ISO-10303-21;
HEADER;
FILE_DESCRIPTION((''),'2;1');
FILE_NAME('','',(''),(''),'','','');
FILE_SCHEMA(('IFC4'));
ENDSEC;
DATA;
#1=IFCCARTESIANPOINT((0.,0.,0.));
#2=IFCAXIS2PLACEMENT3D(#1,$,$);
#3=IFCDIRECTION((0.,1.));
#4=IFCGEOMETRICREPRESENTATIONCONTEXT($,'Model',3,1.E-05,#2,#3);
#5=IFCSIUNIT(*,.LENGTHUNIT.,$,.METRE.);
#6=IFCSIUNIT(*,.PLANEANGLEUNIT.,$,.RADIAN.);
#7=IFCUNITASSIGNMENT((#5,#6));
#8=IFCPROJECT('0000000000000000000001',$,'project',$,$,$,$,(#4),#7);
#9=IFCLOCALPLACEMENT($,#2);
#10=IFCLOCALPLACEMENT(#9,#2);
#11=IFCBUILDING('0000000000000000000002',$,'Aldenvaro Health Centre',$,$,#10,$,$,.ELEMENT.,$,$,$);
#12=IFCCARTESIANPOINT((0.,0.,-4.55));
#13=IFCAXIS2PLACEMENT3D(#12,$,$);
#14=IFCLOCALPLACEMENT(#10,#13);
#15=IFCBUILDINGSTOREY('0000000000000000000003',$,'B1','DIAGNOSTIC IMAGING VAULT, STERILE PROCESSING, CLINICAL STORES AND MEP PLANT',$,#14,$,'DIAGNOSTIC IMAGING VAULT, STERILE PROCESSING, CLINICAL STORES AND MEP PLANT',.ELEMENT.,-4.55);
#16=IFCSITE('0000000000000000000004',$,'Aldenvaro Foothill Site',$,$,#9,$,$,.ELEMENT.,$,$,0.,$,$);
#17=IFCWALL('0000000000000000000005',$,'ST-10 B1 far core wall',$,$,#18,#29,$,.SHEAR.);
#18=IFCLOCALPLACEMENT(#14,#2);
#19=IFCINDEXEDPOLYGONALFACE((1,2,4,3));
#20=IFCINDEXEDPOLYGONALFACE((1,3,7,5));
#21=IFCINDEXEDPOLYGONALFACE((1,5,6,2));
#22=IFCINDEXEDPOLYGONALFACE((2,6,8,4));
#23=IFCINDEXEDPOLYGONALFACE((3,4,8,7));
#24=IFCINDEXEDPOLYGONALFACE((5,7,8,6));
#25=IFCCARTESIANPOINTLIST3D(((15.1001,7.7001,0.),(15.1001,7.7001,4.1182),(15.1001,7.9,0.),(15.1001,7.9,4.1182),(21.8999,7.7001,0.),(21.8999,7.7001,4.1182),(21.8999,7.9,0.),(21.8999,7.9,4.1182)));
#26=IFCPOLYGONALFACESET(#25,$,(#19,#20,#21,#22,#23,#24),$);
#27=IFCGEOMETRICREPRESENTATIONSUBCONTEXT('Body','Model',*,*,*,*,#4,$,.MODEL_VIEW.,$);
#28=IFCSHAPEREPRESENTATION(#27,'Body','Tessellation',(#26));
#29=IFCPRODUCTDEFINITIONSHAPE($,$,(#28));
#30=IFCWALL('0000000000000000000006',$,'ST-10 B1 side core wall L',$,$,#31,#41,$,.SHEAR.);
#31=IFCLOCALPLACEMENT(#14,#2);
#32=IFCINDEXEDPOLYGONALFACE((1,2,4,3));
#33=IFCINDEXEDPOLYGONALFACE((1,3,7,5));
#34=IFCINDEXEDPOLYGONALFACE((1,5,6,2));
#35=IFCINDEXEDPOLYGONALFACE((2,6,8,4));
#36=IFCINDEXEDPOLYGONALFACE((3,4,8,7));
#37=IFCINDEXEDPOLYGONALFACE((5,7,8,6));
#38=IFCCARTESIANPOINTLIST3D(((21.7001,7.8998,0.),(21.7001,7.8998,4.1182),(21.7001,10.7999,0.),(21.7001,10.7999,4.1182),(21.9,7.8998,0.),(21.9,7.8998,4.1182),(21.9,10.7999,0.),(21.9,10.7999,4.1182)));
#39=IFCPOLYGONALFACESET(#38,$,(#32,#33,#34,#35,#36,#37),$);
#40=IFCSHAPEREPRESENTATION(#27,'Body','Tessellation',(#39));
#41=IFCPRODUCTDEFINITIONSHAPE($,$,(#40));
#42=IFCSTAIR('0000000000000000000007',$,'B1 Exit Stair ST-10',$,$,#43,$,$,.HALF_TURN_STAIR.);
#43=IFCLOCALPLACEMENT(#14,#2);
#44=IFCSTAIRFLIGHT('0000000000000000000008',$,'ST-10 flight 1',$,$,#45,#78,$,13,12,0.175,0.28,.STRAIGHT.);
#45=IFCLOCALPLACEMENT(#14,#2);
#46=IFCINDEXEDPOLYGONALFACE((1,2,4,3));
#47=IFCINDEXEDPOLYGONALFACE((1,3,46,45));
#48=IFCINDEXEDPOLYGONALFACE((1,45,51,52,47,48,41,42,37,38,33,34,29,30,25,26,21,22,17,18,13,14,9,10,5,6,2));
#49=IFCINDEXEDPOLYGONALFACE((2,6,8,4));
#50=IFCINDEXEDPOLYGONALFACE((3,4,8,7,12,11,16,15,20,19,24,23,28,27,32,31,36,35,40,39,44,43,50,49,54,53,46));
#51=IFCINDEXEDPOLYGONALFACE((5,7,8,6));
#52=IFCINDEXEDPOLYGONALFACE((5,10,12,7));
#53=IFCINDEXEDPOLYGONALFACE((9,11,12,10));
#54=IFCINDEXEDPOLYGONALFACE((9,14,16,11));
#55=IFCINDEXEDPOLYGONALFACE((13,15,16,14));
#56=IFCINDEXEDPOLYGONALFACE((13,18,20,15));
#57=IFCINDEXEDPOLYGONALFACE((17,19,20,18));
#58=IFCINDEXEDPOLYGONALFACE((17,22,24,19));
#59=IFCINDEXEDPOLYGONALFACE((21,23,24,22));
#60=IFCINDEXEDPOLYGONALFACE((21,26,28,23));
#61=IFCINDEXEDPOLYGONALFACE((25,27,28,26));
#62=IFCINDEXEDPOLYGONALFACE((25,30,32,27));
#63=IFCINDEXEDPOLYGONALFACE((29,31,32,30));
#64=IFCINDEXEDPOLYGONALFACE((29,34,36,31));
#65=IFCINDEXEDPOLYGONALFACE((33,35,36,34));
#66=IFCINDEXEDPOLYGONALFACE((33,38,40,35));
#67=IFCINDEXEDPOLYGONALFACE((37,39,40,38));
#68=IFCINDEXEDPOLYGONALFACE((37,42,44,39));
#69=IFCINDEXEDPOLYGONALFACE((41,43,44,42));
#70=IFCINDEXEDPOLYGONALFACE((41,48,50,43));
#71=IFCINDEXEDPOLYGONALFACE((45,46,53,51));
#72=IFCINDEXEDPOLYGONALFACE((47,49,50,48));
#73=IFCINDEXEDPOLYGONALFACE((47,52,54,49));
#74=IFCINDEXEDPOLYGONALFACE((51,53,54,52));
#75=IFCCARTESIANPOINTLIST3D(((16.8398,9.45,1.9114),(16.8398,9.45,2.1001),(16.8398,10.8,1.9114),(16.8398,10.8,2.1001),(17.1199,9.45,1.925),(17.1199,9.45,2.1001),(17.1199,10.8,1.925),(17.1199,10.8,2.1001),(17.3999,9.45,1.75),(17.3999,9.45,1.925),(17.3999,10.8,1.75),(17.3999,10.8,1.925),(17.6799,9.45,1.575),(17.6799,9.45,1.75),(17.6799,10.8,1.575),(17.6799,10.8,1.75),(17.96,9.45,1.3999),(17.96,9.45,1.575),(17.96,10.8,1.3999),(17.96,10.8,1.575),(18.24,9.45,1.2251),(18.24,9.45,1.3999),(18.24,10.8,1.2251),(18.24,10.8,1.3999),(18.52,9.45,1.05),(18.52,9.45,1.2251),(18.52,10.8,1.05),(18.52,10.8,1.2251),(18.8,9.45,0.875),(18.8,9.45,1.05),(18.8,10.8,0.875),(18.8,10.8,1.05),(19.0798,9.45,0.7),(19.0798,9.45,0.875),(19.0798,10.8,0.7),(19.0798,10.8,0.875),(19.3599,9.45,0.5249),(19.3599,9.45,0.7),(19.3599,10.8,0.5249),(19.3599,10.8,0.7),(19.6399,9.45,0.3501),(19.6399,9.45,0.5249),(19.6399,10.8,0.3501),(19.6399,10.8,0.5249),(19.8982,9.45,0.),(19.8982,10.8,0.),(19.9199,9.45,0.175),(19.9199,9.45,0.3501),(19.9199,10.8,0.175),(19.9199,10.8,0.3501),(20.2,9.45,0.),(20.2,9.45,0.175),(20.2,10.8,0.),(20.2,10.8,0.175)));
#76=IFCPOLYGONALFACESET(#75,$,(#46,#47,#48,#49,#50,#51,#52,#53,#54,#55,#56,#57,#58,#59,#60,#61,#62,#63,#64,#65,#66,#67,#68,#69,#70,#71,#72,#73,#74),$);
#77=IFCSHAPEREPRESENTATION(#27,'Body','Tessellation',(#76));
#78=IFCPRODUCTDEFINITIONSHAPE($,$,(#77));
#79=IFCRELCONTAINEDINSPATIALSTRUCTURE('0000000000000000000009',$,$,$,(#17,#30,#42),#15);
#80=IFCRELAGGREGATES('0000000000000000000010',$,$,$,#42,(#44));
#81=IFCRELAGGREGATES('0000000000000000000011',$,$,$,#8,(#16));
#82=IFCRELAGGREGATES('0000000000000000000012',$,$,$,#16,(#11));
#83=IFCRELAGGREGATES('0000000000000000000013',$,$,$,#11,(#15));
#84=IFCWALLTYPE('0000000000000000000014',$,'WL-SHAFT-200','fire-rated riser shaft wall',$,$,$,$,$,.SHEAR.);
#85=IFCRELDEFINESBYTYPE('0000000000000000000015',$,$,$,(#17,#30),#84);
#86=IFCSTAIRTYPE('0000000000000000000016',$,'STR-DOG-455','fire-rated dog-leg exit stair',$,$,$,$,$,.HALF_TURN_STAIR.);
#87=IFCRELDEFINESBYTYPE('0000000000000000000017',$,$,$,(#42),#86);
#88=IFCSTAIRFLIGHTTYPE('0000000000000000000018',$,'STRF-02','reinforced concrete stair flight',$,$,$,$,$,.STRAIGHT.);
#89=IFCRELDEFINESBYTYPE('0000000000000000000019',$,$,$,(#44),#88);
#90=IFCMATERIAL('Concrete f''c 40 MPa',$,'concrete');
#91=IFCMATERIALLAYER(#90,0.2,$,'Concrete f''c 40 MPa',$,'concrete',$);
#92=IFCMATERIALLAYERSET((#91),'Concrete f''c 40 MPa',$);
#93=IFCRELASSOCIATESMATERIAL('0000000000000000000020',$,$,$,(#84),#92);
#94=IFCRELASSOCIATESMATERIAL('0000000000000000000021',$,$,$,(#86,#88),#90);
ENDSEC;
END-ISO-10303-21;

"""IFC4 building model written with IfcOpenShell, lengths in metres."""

from ifc_helpers import new_model, si_unit, direction, frame, frame_2d, origin, place, context, subcontext, project, spatial, polyline, rectangle, outline, extrude, material, layer, layer_set, type_object, element, aggregate, save


model = new_model("IFC4")

# Units and contexts
model_context = context("Model", 3, precision=1e-05, world=origin(), true_north=direction((0.0, 1.0)))
body_context = subcontext(model_context, "Body", "Model", "MODEL_VIEW")
ifc_project = project(units=[si_unit("LENGTHUNIT", "METRE"), si_unit("PLANEANGLEUNIT", "RADIAN")], contexts=[model_context])

# Site, building, storey
site_placement = place(None, origin())
site = spatial("IfcSite", under=ifc_project, at=site_placement, Name="Aldenvaro Foothill Site", CompositionType="ELEMENT", RefElevation=0.0)
building_placement = place(site_placement, origin())
building = spatial("IfcBuilding", under=site, at=building_placement, Name="Aldenvaro Health Centre", CompositionType="ELEMENT")
storey_placement = place(building_placement, frame((0.0, 0.0, -4.55)))
storey = spatial("IfcBuildingStorey", under=building, at=storey_placement, Name="B1", Description="DIAGNOSTIC IMAGING VAULT, STERILE PROCESSING, CLINICAL STORES AND MEP PLANT", LongName="DIAGNOSTIC IMAGING VAULT, STERILE PROCESSING, CLINICAL STORES AND MEP PLANT", CompositionType="ELEMENT", Elevation=-4.55)

# Shared definitions
ifc_material_1 = material(Name="Concrete f'c 40 MPa", Category="concrete")

# Shared definitions
ifc_layer_1 = layer(ifc_material_1, 0.2, Name="Concrete f'c 40 MPa", Category="concrete")
ifc_layer_set_1 = layer_set([ifc_layer_1], Name="Concrete f'c 40 MPa")
wall_type_1 = type_object("IfcWallType", Name="WL-SHAFT-200", Description="fire-rated riser shaft wall", PredefinedType="SHEAR", material=ifc_layer_set_1)

# Walls
wall_1_placement = place(storey_placement, frame((21.8999, 7.8, 0.0), z_axis=(0.0, 0.0, 1.0), x_axis=(-1.0, 0.0, 0.0)))
element("IfcWall", 1, at=wall_1_placement, inside=storey, type_object=wall_type_1, Name="ST-10 B1 far core wall", PredefinedType="SHEAR", context=body_context, shape_type="SweptSolid", body=[
    extrude(rectangle(XDim=6.7998, YDim=0.2, at=frame_2d((3.3999, 0.0))), origin(), (0.0, 0.0, 1.0), 4.1182),
])
wall_2_placement = place(storey_placement, frame((21.8, 10.8, 0.0), z_axis=(0.0, 0.0, 1.0), x_axis=(0.0, -1.0, 0.0)))
element("IfcWall", 2, at=wall_2_placement, inside=storey, type_object=wall_type_1, Name="ST-10 B1 side core wall L", PredefinedType="SHEAR", context=body_context, shape_type="SweptSolid", body=[
    extrude(rectangle(XDim=2.9001, YDim=0.2, at=frame_2d((1.4502, 0.0))), origin(), (0.0, 0.0, 1.0), 4.1182),
])

# Stair, stair flight
stair_type = type_object("IfcStairType", Name="STR-DOG-455", Description="fire-rated dog-leg exit stair", PredefinedType="HALF_TURN_STAIR", material=ifc_material_1)
stair_placement = place(storey_placement, origin())
stair = element("IfcStair", 3, at=stair_placement, inside=storey, type_object=stair_type, Name="B1 Exit Stair ST-10", PredefinedType="HALF_TURN_STAIR")
stair_flight_type = type_object("IfcStairFlightType", Name="STRF-02", Description="reinforced concrete stair flight", PredefinedType="STRAIGHT", material=ifc_material_1)
stair_flight_placement = place(storey_placement, frame((20.2, 10.125, 0.0), z_axis=(0.0, 0.0, 1.0), x_axis=(-1.0, 0.0, 0.0)))
stair_flight = element("IfcStairFlight", 4, at=stair_flight_placement, type_object=stair_flight_type, Name="ST-10 flight 1", NumberOfRisers=13, NumberOfTreads=12, PredefinedType="STRAIGHT", RiserHeight=0.175, TreadLength=0.28, context=body_context, shape_type="SweptSolid", body=[
    extrude(outline(polyline([(0.0, 0.0), (0.0, 0.175), (0.28, 0.175), (0.28, 0.3501), (0.5601, 0.3501), (0.5601, 0.5249), (0.8401, 0.5249), (0.8401, 0.7), (1.1201, 0.7), (1.1201, 0.875), (1.3999, 0.875), (1.3999, 1.05), (1.6799, 1.05), (1.6799, 1.2251), (1.96, 1.2251), (1.96, 1.3999), (2.24, 1.3999), (2.24, 1.575), (2.52, 1.575), (2.52, 1.75), (2.8, 1.75), (2.8, 1.925), (3.0801, 1.925), (3.0801, 2.1001), (3.3601, 2.1001), (3.3601, 2.2749), (3.3601, 1.9114), (0.3018, 0.0), (0.0, 0.0)])), frame((0.0, 0.675, 0.0), z_axis=(0.0, -1.0, 0.0), x_axis=(1.0, 0.0, 0.0)), (0.0, 0.0, 1.0), 1.3501),
])
aggregate(stair, [stair_flight])

save(model, "model.ifc")
